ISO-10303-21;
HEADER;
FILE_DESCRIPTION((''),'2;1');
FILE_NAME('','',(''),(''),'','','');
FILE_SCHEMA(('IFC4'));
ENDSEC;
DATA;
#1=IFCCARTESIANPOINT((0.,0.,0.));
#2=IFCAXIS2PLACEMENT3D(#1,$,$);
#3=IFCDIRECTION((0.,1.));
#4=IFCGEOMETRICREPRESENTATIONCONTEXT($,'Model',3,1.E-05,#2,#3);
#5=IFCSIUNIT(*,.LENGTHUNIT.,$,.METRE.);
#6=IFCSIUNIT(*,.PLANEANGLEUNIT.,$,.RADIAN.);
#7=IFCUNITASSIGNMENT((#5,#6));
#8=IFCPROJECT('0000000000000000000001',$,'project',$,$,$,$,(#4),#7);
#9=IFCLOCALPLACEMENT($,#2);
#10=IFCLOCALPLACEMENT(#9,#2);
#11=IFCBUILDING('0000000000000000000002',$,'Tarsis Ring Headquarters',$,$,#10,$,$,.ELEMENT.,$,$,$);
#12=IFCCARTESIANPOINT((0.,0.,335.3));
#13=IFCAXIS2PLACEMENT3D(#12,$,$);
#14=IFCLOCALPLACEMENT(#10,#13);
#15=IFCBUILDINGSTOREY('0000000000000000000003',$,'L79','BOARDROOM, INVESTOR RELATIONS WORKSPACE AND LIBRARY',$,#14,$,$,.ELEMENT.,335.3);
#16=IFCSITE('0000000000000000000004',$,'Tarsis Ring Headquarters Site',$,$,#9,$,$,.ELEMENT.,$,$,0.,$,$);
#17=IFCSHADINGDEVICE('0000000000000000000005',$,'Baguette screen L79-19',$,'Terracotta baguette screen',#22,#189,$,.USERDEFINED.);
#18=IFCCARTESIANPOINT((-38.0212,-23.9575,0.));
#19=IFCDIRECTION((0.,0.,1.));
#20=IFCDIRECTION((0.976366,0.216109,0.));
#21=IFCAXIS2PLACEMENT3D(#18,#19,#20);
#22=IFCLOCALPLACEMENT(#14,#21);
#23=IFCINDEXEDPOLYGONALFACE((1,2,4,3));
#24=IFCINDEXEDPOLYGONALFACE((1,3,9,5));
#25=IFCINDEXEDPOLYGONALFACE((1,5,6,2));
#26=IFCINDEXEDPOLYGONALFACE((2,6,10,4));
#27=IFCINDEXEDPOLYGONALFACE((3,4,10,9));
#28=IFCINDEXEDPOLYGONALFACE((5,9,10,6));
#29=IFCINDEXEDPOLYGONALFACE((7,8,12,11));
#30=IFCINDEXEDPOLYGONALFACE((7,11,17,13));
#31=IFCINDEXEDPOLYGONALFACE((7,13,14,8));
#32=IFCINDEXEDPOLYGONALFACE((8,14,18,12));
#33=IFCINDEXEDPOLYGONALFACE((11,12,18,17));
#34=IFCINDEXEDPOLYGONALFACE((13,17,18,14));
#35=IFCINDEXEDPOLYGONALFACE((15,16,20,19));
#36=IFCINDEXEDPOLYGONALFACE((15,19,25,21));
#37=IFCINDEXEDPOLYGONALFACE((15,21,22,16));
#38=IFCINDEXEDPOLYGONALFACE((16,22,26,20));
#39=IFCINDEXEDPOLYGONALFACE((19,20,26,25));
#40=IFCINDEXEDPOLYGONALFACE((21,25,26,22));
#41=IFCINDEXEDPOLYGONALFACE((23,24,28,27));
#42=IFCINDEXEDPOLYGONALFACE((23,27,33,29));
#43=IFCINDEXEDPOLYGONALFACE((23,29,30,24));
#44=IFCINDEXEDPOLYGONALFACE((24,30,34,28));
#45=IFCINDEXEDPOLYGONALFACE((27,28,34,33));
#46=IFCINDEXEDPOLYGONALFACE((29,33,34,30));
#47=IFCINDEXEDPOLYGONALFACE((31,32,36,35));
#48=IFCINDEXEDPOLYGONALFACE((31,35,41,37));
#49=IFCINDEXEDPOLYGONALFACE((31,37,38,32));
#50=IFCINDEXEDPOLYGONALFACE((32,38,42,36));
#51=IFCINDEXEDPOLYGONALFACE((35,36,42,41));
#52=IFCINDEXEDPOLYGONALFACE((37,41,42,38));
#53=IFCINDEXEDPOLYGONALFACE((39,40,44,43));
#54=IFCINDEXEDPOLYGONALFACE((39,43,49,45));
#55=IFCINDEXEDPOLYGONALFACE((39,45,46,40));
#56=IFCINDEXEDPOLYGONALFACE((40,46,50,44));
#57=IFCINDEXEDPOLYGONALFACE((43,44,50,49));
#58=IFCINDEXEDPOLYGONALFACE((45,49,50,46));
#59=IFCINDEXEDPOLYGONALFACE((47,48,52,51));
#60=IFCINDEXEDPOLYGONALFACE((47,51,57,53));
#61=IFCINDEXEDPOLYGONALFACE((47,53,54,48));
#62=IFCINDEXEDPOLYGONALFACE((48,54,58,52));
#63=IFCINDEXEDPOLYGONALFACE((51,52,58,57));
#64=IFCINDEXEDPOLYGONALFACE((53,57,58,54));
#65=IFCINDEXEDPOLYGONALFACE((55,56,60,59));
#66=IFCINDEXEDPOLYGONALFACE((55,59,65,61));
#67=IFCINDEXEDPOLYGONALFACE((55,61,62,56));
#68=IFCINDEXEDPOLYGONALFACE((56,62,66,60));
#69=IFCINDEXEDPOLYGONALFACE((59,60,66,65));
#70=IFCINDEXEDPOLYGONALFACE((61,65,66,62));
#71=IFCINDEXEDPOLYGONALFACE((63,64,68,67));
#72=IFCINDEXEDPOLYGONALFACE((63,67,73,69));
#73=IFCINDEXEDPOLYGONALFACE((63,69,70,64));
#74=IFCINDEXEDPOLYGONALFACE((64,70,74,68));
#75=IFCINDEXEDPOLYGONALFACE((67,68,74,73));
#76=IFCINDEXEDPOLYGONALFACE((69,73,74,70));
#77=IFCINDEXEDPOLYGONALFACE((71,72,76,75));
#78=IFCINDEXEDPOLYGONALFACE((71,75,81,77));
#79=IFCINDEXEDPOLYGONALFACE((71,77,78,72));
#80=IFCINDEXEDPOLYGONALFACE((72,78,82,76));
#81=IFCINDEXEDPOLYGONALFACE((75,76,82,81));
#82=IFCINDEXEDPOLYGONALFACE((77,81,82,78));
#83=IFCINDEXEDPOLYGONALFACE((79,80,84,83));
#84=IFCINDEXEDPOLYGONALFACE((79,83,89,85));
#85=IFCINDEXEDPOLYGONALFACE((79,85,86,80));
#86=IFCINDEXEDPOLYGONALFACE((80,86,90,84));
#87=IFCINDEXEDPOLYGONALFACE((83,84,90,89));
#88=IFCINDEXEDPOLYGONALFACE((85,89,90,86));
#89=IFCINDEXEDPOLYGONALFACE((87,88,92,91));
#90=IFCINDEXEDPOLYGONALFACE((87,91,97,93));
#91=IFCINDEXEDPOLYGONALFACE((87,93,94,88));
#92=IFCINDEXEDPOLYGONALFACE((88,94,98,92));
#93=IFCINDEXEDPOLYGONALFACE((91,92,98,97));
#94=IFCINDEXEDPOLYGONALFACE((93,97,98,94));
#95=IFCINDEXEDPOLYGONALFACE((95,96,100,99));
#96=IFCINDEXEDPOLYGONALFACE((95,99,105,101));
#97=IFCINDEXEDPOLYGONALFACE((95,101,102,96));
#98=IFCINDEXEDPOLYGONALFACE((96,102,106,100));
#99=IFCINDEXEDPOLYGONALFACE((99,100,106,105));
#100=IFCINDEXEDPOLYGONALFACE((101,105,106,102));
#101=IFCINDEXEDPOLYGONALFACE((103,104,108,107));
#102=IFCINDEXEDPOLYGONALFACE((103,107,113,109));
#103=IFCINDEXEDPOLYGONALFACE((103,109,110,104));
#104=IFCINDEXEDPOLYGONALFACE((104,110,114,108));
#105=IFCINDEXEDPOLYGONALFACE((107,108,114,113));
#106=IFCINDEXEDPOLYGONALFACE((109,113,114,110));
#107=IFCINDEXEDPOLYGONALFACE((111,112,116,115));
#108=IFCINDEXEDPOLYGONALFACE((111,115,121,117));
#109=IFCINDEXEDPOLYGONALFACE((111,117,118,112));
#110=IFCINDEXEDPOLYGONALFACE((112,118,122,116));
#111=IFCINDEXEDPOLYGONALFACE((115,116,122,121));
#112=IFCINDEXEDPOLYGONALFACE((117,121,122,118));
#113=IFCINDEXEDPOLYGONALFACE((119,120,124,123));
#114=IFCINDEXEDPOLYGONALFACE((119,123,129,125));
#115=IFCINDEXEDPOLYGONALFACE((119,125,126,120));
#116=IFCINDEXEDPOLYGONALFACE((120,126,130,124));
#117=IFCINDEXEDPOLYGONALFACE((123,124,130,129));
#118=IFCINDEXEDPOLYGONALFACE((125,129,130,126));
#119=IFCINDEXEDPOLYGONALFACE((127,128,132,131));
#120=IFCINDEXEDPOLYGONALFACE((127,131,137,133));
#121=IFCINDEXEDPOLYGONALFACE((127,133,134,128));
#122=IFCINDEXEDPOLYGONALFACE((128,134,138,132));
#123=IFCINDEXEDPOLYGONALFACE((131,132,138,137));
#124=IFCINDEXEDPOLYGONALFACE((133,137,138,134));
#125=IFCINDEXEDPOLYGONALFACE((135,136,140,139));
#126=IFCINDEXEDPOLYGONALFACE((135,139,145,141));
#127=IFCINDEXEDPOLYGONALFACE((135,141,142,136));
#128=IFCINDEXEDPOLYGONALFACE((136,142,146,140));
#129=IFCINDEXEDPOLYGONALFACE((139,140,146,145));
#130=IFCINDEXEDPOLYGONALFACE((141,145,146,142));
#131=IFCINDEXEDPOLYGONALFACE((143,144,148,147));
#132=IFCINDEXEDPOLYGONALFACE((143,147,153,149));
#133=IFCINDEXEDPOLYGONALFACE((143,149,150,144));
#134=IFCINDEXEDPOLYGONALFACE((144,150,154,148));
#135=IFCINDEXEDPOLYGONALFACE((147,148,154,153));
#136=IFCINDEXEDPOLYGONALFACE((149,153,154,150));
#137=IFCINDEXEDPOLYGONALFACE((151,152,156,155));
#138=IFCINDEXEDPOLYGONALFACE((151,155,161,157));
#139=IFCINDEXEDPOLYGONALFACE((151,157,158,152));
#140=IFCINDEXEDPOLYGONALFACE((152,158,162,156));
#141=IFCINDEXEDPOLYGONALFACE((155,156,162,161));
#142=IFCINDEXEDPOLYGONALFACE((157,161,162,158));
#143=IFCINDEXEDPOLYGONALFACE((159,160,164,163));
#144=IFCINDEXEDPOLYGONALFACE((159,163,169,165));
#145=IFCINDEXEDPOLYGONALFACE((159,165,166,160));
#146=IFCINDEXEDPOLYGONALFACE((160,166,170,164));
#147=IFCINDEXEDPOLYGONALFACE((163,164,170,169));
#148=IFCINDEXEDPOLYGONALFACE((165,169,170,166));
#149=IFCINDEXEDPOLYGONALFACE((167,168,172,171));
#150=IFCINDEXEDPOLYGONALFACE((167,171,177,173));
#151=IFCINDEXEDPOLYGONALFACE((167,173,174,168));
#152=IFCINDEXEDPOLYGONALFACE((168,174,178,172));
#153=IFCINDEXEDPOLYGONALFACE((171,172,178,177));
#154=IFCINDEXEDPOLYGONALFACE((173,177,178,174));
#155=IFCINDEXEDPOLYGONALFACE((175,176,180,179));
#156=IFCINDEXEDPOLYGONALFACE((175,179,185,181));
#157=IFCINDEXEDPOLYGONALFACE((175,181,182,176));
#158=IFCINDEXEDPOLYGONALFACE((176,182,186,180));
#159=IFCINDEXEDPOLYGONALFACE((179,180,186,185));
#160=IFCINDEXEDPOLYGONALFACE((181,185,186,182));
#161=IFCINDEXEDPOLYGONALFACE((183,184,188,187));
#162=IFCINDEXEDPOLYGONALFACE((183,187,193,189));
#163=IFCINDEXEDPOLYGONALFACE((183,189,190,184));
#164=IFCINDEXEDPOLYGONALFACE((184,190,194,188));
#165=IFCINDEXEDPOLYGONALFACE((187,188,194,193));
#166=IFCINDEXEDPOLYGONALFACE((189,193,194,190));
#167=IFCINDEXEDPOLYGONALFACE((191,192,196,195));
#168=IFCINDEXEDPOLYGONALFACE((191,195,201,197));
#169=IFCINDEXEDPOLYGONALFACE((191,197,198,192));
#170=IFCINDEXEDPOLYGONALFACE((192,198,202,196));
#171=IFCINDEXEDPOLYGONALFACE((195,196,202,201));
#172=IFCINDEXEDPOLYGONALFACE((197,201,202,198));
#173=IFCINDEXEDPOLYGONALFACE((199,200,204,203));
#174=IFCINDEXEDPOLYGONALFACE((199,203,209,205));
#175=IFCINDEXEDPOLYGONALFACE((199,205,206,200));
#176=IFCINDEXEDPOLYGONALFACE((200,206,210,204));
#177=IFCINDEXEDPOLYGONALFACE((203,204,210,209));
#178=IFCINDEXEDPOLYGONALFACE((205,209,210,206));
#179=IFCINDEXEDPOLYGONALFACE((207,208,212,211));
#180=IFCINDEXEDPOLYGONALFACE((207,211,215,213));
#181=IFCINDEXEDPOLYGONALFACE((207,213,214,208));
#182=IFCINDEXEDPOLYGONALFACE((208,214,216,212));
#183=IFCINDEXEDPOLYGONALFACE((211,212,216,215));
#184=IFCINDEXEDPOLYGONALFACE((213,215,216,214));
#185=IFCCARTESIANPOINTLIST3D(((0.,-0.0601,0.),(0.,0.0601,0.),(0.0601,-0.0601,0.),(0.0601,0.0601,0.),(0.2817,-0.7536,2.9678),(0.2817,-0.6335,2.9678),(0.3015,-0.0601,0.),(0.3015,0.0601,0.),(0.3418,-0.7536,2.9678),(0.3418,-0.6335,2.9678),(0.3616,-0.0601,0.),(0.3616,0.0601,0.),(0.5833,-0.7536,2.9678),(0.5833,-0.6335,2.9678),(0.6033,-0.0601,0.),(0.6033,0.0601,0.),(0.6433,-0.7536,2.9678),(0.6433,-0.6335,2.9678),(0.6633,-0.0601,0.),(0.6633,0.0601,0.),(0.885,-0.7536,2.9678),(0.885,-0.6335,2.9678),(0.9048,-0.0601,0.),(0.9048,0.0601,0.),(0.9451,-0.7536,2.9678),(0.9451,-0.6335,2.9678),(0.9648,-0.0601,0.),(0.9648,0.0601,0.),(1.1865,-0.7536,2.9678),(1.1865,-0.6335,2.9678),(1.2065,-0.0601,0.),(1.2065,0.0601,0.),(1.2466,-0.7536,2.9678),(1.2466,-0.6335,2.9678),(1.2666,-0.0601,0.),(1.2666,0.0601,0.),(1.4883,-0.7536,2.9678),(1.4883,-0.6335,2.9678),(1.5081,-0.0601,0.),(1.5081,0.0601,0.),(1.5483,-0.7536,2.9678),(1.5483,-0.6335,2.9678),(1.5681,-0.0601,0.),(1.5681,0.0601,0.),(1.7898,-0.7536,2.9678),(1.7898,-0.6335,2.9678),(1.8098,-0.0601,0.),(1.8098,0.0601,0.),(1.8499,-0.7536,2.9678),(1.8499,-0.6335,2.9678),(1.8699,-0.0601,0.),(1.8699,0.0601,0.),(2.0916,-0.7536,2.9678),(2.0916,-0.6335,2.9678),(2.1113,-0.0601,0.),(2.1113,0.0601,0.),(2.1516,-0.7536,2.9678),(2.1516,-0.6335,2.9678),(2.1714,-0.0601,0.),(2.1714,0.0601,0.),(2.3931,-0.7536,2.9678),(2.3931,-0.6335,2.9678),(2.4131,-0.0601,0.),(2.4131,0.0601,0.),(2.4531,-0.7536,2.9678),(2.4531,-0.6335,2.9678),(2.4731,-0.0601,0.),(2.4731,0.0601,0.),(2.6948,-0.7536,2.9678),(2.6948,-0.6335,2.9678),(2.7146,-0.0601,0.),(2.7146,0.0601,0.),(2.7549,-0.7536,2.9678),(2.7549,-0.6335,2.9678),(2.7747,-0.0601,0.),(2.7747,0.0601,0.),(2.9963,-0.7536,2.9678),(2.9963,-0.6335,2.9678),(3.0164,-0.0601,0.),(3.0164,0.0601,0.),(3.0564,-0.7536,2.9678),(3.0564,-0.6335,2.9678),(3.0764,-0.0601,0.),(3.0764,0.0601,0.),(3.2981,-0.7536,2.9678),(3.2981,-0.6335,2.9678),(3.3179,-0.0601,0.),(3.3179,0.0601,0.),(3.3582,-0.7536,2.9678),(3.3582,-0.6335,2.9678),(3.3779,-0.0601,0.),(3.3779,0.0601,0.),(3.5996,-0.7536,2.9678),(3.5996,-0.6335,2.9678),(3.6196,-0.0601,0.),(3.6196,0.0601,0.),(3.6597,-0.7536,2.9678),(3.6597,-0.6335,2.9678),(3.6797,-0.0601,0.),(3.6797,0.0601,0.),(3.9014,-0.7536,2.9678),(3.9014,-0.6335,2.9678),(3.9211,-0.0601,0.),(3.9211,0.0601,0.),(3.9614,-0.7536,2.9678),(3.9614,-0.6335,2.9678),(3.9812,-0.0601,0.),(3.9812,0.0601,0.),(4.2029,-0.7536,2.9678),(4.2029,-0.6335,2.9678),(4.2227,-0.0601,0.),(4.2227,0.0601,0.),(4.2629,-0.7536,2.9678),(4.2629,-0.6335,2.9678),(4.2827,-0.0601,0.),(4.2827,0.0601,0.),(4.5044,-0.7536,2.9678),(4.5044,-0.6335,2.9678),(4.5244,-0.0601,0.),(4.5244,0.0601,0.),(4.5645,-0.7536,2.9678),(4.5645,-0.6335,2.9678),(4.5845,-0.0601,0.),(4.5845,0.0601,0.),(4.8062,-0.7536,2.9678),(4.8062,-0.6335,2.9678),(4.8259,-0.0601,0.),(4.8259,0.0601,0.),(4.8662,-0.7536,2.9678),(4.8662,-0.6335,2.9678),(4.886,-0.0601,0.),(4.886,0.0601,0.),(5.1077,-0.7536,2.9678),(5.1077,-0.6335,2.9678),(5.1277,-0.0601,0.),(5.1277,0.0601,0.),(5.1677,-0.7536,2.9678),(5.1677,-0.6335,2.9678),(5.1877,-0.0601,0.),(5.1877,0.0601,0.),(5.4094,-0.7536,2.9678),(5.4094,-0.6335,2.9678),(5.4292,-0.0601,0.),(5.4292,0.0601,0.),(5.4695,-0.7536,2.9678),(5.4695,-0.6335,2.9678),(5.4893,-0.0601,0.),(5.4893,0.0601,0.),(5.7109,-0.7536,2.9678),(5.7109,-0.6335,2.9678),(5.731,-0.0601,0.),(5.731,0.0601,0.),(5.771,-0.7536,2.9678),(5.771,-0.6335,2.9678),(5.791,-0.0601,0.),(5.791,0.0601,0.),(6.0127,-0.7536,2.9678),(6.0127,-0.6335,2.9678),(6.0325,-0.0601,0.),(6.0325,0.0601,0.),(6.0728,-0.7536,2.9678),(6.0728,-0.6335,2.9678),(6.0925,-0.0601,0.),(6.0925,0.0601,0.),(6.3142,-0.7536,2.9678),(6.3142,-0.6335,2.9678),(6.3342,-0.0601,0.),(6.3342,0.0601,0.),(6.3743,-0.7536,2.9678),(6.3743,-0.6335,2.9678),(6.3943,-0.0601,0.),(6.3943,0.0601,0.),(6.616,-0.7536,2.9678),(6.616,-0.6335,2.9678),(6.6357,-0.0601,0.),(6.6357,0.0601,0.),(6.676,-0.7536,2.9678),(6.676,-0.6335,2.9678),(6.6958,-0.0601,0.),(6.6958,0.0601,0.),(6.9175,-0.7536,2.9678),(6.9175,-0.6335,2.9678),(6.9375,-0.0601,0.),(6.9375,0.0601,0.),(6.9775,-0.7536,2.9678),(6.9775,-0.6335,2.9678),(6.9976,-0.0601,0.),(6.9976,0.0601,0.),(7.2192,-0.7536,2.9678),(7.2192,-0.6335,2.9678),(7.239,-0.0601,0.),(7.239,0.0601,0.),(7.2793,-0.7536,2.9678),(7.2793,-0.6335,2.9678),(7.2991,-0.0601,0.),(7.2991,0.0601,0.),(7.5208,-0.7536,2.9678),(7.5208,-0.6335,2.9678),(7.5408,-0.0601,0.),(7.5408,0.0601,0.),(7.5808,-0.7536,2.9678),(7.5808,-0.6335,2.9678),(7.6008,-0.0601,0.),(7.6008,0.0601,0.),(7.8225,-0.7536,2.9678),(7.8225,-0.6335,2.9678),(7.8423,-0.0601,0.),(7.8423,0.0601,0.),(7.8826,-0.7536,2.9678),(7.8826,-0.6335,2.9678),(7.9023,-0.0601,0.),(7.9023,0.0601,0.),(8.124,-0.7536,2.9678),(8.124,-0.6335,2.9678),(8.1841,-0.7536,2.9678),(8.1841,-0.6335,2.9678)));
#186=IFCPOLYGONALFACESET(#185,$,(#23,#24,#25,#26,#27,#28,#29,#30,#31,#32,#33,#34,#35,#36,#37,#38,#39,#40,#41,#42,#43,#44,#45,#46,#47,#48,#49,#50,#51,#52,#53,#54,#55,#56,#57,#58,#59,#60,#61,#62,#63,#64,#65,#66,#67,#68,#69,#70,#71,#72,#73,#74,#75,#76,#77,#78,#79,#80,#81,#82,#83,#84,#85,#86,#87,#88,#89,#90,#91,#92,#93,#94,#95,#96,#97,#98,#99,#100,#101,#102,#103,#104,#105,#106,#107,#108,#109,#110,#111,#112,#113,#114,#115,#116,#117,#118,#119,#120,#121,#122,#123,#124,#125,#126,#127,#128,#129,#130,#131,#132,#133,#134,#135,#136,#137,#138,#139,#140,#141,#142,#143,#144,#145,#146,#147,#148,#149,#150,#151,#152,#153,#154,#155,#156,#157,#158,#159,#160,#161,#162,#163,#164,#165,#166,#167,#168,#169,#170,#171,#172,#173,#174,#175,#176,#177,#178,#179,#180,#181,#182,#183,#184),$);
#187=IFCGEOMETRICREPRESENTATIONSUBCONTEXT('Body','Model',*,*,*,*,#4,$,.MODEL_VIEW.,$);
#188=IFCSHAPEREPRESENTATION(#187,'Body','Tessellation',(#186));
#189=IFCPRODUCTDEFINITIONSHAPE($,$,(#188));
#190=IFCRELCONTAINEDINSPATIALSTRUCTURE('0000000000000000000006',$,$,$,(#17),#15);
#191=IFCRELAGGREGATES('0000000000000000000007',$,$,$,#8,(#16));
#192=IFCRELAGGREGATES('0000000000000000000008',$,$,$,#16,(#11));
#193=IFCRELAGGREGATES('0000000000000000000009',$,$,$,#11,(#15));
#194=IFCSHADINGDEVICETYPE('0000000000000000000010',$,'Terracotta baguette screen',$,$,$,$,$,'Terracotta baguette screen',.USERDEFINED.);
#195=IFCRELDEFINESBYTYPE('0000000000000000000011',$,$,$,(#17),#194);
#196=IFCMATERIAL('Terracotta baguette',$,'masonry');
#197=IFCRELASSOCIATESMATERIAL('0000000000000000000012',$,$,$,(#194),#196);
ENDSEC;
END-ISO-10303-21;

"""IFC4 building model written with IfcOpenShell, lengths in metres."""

from ifc_helpers import new_model, si_unit, direction, frame, frame_2d, origin, place, context, subcontext, project, spatial, rectangle, composite_profile, extrude, material, type_object, element, save


model = new_model("IFC4")

# Units and contexts
model_context = context("Model", 3, precision=1e-05, world=origin(), true_north=direction((0.0, 1.0)))
body_context = subcontext(model_context, "Body", "Model", "MODEL_VIEW")
ifc_project = project(units=[si_unit("LENGTHUNIT", "METRE"), si_unit("PLANEANGLEUNIT", "RADIAN")], contexts=[model_context])

# Site, building, storey
site_placement = place(None, origin())
site = spatial("IfcSite", under=ifc_project, at=site_placement, Name="Tarsis Ring Headquarters Site", CompositionType="ELEMENT", RefElevation=0.0)
building_placement = place(site_placement, origin())
building = spatial("IfcBuilding", under=site, at=building_placement, Name="Tarsis Ring Headquarters", CompositionType="ELEMENT")
storey_placement = place(building_placement, frame((0.0, 0.0, 335.3)))
storey = spatial("IfcBuildingStorey", under=building, at=storey_placement, Name="L79", Description="BOARDROOM, INVESTOR RELATIONS WORKSPACE AND LIBRARY", CompositionType="ELEMENT", Elevation=335.3)

# Shading device
ifc_material_1 = material(Name="Terracotta baguette", Category="masonry")
shading_device_type_1 = type_object("IfcShadingDeviceType", Name="Terracotta baguette screen", ElementType="Terracotta baguette screen", PredefinedType="USERDEFINED", material=ifc_material_1)
shading_device_1_placement = place(storey_placement, frame((-38.0212, -23.9575, 0.0), z_axis=(0.0, 0.0, 1.0), x_axis=(0.976366, 0.216109, 0.0)))
element("IfcShadingDevice", 1, at=shading_device_1_placement, inside=storey, type_object=shading_device_type_1, Name="Baguette screen L79-19", ObjectType="Terracotta baguette screen", PredefinedType="USERDEFINED", context=body_context, shape_type="SweptSolid", body=[
    extrude(composite_profile([rectangle(XDim=0.0601, YDim=0.1201, at=frame_2d((0.03, 0.0))), rectangle(XDim=0.0601, YDim=0.1201, at=frame_2d((0.3315, 0.0))), rectangle(XDim=0.0601, YDim=0.1201, at=frame_2d((0.6333, 0.0))), rectangle(XDim=0.0601, YDim=0.1201, at=frame_2d((0.9348, 0.0))), rectangle(XDim=0.0601, YDim=0.1201, at=frame_2d((1.2366, 0.0))), rectangle(XDim=0.0601, YDim=0.1201, at=frame_2d((1.5381, 0.0))), rectangle(XDim=0.0601, YDim=0.1201, at=frame_2d((1.8398, 0.0))), rectangle(XDim=0.0601, YDim=0.1201, at=frame_2d((2.1414, 0.0))), rectangle(XDim=0.0601, YDim=0.1201, at=frame_2d((2.4431, 0.0))), rectangle(XDim=0.0601, YDim=0.1201, at=frame_2d((2.7446, 0.0))), rectangle(XDim=0.0601, YDim=0.1201, at=frame_2d((3.0464, 0.0))), rectangle(XDim=0.0601, YDim=0.1201, at=frame_2d((3.3479, 0.0))), rectangle(XDim=0.0601, YDim=0.1201, at=frame_2d((3.6497, 0.0))), rectangle(XDim=0.0601, YDim=0.1201, at=frame_2d((3.9512, 0.0))), rectangle(XDim=0.0601, YDim=0.1201, at=frame_2d((4.2527, 0.0))), rectangle(XDim=0.0601, YDim=0.1201, at=frame_2d((4.5544, 0.0))), rectangle(XDim=0.0601, YDim=0.1201, at=frame_2d((4.856, 0.0))), rectangle(XDim=0.0601, YDim=0.1201, at=frame_2d((5.1577, 0.0))), rectangle(XDim=0.0601, YDim=0.1201, at=frame_2d((5.4592, 0.0))), rectangle(XDim=0.0601, YDim=0.1201, at=frame_2d((5.761, 0.0))), rectangle(XDim=0.0601, YDim=0.1201, at=frame_2d((6.0625, 0.0))), rectangle(XDim=0.0601, YDim=0.1201, at=frame_2d((6.3643, 0.0))), rectangle(XDim=0.0601, YDim=0.1201, at=frame_2d((6.6658, 0.0))), rectangle(XDim=0.0601, YDim=0.1201, at=frame_2d((6.9675, 0.0))), rectangle(XDim=0.0601, YDim=0.1201, at=frame_2d((7.269, 0.0))), rectangle(XDim=0.0601, YDim=0.1201, at=frame_2d((7.5708, 0.0))), rectangle(XDim=0.0601, YDim=0.1201, at=frame_2d((7.8723, 0.0)))]), origin(), (0.092051, -0.226596, 0.969629), 3.0608),
])

save(model, "model.ifc")
